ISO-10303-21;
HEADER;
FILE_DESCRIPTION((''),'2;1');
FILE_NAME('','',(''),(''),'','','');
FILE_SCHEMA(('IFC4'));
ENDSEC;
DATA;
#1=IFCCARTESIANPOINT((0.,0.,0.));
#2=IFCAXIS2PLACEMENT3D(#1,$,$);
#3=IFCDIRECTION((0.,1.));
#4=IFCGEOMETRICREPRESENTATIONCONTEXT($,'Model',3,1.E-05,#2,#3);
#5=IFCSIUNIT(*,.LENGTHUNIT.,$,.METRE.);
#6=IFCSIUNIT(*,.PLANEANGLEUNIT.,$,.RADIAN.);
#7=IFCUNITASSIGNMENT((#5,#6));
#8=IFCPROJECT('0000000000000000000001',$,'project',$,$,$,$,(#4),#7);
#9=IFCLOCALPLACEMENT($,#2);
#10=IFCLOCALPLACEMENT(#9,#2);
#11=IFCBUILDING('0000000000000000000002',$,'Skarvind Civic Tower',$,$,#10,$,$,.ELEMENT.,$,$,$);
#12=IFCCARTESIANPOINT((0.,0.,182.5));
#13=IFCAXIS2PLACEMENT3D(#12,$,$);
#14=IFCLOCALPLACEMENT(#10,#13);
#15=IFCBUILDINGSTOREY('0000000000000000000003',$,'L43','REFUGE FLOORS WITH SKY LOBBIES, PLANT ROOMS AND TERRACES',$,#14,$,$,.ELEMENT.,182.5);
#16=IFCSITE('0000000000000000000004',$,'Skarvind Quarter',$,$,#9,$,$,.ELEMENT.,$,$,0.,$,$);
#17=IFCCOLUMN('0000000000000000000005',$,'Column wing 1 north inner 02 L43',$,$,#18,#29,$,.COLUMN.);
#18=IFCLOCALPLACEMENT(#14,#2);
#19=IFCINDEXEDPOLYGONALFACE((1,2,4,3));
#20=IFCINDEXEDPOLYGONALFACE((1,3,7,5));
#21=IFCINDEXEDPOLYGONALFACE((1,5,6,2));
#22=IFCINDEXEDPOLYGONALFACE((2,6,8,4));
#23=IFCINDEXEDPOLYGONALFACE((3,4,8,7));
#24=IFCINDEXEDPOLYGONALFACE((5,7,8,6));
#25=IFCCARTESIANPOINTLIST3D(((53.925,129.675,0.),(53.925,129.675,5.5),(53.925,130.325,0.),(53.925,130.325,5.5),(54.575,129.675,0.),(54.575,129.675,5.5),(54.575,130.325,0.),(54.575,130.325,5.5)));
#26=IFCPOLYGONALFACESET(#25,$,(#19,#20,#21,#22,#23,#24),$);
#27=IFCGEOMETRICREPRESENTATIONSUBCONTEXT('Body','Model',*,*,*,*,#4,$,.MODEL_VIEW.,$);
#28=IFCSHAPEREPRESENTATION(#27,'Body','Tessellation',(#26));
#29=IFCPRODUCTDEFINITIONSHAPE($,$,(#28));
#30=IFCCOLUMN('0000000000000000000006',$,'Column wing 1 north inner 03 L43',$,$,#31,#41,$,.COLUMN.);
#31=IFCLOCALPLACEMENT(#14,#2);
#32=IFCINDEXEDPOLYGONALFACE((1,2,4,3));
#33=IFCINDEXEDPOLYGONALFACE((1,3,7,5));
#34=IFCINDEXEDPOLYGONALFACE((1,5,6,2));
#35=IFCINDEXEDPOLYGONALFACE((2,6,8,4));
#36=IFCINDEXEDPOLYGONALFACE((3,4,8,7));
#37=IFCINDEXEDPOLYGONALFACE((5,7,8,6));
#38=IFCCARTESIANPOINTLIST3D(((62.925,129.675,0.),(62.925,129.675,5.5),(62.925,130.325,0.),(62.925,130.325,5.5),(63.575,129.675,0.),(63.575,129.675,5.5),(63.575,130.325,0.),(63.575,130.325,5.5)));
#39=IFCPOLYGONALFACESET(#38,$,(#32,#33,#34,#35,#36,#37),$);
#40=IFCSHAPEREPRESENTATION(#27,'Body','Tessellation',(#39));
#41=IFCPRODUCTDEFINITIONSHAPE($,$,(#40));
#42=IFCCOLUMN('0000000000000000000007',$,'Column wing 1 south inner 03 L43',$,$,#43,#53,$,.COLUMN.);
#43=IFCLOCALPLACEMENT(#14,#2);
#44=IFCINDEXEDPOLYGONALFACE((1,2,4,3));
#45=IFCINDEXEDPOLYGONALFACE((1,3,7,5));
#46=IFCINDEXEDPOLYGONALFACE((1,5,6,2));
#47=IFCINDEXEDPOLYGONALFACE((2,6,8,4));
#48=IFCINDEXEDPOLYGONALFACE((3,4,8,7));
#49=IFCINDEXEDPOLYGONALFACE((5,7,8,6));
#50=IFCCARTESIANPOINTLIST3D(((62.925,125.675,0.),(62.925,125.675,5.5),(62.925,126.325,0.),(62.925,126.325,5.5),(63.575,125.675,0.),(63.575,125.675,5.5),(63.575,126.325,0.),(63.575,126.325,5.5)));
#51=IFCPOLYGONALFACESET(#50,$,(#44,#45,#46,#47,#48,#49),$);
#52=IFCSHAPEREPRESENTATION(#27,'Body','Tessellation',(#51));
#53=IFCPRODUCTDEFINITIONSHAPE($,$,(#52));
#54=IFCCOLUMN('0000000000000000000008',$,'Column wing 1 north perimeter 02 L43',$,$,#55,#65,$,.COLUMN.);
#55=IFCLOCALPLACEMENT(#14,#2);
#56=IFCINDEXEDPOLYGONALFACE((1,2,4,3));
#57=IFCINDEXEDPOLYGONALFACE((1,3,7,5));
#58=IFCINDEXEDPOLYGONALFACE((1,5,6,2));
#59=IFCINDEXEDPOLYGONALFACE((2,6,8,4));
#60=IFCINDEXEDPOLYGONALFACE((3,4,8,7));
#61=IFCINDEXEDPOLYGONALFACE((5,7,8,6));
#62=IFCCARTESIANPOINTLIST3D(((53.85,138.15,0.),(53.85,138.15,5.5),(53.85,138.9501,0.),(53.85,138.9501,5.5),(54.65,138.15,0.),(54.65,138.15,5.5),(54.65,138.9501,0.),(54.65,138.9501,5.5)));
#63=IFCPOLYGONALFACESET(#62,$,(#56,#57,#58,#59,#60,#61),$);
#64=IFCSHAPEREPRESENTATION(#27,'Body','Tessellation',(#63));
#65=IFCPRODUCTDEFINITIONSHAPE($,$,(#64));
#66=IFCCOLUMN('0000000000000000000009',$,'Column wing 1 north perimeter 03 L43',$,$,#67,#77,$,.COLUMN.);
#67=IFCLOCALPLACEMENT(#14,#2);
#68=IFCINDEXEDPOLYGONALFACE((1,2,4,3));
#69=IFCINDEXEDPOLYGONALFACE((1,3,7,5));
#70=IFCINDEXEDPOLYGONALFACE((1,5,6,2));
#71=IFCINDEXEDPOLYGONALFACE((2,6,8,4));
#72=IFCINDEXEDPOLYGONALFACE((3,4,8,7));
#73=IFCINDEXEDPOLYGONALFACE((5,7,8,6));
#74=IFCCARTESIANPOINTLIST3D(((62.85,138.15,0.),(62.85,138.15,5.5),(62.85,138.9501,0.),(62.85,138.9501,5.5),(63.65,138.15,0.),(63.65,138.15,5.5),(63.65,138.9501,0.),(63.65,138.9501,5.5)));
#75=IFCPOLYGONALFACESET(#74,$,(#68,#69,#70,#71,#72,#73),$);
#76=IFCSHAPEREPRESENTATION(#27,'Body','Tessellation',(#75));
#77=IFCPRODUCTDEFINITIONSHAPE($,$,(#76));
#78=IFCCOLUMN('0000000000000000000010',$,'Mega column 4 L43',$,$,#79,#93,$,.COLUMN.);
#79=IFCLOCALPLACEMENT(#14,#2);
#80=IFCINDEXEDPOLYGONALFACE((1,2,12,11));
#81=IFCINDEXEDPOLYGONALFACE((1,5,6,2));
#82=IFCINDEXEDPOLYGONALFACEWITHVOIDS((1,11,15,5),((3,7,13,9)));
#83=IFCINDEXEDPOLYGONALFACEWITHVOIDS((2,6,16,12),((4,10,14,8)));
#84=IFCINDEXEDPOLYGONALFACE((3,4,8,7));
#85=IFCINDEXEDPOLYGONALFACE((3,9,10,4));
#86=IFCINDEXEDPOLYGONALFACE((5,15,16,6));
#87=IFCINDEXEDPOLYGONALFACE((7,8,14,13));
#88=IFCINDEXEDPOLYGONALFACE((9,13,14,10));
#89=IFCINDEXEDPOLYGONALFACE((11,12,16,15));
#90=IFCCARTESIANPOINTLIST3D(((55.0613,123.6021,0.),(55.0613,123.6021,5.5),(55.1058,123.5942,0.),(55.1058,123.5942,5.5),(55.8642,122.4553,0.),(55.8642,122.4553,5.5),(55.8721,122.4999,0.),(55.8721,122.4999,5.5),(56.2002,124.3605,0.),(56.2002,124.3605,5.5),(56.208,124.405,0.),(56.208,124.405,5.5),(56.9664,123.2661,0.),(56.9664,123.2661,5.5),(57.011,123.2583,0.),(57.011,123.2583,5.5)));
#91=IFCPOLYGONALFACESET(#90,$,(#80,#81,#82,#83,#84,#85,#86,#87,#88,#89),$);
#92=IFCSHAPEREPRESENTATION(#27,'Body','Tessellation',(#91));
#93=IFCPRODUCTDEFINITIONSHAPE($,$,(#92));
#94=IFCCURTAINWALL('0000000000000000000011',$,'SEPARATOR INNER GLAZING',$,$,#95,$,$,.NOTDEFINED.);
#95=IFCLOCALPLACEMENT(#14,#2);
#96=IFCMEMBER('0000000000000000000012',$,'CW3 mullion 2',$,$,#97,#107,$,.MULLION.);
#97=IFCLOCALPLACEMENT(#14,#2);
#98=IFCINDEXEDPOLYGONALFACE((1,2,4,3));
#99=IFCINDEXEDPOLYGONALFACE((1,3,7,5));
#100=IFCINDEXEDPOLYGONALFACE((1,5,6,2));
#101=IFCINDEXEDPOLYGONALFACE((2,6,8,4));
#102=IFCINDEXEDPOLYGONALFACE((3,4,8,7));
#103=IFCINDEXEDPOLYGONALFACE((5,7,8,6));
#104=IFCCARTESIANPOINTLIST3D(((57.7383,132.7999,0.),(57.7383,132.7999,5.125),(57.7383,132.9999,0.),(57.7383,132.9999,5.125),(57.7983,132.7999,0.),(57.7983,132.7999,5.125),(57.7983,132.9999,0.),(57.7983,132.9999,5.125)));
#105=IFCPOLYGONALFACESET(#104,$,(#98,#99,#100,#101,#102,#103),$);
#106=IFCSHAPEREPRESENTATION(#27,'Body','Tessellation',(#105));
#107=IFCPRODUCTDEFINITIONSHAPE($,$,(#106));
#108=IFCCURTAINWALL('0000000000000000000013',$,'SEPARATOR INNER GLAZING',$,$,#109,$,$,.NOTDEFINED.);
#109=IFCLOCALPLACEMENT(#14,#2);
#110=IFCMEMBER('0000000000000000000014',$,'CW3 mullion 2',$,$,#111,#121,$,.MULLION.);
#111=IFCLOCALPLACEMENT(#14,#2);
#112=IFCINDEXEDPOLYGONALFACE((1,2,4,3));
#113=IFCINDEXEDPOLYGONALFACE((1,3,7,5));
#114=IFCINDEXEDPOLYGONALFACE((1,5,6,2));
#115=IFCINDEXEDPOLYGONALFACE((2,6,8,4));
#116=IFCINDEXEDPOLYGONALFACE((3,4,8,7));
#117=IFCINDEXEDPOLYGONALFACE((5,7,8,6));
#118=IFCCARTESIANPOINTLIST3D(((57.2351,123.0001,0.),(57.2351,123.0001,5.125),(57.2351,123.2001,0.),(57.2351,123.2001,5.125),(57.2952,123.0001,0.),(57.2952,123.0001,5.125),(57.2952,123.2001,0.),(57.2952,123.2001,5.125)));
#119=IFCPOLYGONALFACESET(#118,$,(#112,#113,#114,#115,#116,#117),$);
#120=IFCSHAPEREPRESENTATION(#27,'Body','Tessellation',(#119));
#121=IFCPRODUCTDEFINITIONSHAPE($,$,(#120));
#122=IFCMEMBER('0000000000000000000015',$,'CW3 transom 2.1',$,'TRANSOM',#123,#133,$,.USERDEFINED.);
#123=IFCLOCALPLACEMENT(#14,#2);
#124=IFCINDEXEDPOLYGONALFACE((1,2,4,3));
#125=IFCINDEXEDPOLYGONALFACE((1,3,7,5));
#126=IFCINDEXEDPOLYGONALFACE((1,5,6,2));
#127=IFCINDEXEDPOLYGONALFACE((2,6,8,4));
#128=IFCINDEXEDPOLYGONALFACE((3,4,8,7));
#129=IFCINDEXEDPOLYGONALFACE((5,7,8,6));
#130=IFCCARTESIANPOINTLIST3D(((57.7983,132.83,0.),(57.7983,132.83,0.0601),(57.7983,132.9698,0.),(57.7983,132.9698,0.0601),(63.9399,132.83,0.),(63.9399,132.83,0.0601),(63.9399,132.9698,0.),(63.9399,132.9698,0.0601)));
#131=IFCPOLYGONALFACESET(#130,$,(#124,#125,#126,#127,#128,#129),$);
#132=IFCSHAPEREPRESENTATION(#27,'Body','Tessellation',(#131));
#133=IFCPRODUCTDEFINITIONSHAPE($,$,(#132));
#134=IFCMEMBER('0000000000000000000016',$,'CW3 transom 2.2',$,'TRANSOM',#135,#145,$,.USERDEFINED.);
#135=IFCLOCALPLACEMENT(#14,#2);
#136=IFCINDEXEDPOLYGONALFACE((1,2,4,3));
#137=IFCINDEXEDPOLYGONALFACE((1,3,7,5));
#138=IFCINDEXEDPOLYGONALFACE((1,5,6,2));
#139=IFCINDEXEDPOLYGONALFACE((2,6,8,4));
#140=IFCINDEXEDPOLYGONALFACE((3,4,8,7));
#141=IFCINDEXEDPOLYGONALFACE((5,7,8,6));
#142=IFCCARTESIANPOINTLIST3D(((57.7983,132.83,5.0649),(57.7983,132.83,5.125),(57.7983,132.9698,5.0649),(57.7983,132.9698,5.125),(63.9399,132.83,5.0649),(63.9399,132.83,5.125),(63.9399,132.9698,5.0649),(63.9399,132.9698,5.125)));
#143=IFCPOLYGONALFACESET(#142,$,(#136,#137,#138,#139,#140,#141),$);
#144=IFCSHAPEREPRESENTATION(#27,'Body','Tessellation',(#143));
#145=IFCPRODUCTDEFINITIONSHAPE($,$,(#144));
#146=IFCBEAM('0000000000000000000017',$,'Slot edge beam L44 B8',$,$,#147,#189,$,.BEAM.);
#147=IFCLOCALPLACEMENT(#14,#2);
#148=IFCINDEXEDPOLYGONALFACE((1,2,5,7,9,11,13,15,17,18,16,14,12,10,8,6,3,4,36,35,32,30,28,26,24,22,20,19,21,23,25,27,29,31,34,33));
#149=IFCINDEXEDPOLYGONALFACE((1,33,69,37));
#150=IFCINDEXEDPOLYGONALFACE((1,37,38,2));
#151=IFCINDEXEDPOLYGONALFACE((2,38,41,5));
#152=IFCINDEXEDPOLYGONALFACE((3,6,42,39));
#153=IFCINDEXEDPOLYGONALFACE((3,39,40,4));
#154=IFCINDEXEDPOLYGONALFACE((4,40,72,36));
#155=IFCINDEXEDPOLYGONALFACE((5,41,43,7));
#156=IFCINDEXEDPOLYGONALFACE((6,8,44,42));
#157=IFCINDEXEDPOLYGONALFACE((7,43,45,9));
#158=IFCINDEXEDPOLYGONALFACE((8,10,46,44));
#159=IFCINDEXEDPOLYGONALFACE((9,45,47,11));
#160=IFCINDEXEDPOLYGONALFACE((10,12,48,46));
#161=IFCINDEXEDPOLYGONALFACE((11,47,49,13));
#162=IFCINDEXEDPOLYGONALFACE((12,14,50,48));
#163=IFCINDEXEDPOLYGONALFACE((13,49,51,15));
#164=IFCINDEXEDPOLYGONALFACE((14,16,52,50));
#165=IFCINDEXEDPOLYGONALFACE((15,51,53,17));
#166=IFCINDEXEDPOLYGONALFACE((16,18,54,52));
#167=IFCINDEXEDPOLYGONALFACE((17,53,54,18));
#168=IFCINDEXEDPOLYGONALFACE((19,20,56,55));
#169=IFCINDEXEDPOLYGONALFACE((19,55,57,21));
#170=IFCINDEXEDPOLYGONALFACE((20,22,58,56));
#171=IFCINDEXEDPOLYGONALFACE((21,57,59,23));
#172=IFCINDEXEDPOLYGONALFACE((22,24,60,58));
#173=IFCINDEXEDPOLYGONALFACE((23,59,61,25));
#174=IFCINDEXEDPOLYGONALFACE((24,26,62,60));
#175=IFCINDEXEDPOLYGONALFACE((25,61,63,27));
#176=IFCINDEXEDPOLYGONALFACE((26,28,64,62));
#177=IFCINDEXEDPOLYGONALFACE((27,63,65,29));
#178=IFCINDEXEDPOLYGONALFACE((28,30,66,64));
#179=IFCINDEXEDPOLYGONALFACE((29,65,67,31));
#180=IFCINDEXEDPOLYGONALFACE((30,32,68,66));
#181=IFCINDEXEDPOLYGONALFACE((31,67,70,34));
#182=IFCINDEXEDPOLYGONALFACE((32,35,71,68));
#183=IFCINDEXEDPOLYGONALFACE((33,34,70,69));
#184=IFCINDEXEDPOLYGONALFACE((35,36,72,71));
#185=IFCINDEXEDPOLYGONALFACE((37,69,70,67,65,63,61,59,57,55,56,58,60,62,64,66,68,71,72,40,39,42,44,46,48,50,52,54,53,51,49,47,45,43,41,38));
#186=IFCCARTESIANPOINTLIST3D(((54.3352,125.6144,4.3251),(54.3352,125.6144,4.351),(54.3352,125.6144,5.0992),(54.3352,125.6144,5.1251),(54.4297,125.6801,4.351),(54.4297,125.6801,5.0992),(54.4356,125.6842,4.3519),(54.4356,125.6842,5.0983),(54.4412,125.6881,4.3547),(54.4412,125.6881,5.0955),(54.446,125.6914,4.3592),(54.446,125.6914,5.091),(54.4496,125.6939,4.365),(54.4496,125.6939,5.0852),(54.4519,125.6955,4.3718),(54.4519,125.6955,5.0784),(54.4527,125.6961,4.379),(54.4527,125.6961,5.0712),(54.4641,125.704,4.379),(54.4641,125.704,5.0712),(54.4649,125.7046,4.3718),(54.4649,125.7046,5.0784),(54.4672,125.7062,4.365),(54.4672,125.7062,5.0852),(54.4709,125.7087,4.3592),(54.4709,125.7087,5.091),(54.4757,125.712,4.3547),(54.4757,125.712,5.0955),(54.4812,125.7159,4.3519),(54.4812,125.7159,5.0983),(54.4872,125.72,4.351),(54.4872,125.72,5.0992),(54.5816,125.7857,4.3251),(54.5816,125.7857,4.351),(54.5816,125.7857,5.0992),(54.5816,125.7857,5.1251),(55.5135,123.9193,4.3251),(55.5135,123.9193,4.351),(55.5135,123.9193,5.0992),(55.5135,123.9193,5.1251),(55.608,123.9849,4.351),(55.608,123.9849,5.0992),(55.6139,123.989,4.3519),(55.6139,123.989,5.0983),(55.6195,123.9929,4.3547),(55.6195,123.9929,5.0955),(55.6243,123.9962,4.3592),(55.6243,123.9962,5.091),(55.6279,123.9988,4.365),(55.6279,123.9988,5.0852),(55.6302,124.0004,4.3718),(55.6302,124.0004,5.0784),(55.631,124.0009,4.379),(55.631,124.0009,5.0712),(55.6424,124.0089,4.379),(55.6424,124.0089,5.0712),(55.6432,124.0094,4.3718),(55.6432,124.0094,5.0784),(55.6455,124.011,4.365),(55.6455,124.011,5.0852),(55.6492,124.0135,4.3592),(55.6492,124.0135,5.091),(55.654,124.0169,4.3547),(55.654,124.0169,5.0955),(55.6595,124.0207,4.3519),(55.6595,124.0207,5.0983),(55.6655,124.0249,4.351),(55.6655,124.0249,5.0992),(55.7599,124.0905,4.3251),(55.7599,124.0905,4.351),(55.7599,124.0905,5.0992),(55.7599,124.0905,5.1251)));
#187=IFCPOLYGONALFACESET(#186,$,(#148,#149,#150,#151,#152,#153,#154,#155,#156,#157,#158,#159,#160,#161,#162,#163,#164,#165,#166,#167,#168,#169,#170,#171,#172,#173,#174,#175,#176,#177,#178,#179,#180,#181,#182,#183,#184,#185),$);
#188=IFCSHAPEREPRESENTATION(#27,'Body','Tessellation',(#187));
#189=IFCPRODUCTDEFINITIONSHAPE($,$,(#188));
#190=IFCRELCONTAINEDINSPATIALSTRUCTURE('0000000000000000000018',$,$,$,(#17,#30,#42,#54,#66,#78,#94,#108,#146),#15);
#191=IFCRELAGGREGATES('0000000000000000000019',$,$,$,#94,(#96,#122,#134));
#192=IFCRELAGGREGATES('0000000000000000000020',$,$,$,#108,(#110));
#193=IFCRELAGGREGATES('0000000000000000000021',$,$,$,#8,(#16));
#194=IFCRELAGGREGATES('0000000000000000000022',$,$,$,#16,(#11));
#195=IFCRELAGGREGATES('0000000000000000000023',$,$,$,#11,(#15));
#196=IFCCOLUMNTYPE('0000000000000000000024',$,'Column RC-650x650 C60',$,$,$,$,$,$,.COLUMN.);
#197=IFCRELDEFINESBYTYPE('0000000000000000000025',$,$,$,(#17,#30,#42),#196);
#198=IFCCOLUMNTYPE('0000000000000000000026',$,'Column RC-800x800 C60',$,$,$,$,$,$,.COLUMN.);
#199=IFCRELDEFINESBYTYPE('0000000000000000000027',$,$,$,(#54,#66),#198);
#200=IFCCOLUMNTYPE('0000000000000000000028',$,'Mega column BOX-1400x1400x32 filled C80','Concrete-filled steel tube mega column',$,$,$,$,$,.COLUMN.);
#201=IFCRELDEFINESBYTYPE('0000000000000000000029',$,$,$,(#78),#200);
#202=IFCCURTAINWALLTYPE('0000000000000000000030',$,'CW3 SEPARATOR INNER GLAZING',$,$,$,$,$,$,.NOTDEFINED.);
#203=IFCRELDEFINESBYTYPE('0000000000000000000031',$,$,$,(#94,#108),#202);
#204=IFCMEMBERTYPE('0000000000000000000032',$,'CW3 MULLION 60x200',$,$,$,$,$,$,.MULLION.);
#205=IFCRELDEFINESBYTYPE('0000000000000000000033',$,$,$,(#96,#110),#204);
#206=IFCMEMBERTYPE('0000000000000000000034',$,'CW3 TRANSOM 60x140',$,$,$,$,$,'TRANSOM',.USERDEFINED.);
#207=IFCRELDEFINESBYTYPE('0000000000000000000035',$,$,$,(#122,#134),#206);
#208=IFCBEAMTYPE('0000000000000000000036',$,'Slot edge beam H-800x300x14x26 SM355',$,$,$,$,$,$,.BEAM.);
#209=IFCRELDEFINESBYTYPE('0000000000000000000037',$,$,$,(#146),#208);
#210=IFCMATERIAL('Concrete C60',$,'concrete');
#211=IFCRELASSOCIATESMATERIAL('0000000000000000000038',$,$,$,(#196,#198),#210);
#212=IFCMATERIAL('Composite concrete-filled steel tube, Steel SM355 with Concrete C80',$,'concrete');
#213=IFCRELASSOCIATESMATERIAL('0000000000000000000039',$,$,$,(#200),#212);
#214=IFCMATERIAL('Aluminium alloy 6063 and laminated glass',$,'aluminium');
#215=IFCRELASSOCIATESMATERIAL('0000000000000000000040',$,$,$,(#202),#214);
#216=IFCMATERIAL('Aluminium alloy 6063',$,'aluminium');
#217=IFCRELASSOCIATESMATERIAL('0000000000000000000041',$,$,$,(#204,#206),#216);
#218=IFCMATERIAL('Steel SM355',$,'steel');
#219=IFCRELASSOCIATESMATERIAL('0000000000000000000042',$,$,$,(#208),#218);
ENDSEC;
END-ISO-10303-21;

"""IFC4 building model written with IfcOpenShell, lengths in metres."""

from ifc_helpers import new_model, si_unit, direction, frame, origin, origin_2d, place, context, subcontext, project, spatial, rectangle, hollow_rectangle, i_section, extrude, material, material_profile, profile_set, type_object, element, aggregate, save


model = new_model("IFC4")

# Units and contexts
model_context = context("Model", 3, precision=1e-05, world=origin(), true_north=direction((0.0, 1.0)))
body_context = subcontext(model_context, "Body", "Model", "MODEL_VIEW")
ifc_project = project(units=[si_unit("LENGTHUNIT", "METRE"), si_unit("PLANEANGLEUNIT", "RADIAN")], contexts=[model_context])

# Site, building, storey
site_placement = place(None, origin())
site = spatial("IfcSite", under=ifc_project, at=site_placement, Name="Skarvind Quarter", CompositionType="ELEMENT", RefElevation=0.0)
building_placement = place(site_placement, origin())
building = spatial("IfcBuilding", under=site, at=building_placement, Name="Skarvind Civic Tower", CompositionType="ELEMENT")
storey_placement = place(building_placement, frame((0.0, 0.0, 182.5)))
storey = spatial("IfcBuildingStorey", under=building, at=storey_placement, Name="L43", Description="REFUGE FLOORS WITH SKY LOBBIES, PLANT ROOMS AND TERRACES", CompositionType="ELEMENT", Elevation=182.5)

# Columns
ifc_material_1 = material(Name="Concrete C60", Category="concrete")
ifc_material_profile_1 = material_profile(ifc_material_1, rectangle(XDim=0.6499, YDim=0.6499, at=origin_2d()), Name="RC-650x650")
ifc_profile_set_1 = profile_set([ifc_material_profile_1], Name="Concrete C60")
column_type_1 = type_object("IfcColumnType", Name="Column RC-650x650 C60", PredefinedType="COLUMN", material=ifc_profile_set_1)
for number, where, z_axis, x_axis, name in (
    (1, (54.25, 130.0, 0.0), (0.0, 0.0, 1.0), (1.0, 0.0, 0.0), "Column wing 1 north inner 02 L43"),
    (2, (63.25, 130.0, 0.0), (0.0, 0.0, 1.0), (1.0, 0.0, 0.0), "Column wing 1 north inner 03 L43"),
    (3, (63.25, 126.0, 0.0), (0.0, 0.0, 1.0), (1.0, 0.0, 0.0), "Column wing 1 south inner 03 L43"),
):
    element("IfcColumn", number, at=place(storey_placement, frame(where, z_axis=z_axis, x_axis=x_axis)), inside=storey, type_object=column_type_1, Name=name, PredefinedType="COLUMN", context=body_context, shape_type="SweptSolid", body=[
        extrude(rectangle(XDim=0.6499, YDim=0.6499, at=origin_2d()), origin(), (0.0, 0.0, 1.0), 5.5),
    ])
ifc_material_profile_2 = material_profile(ifc_material_1, rectangle(XDim=0.8, YDim=0.8, at=origin_2d()), Name="RC-800x800")
ifc_profile_set_2 = profile_set([ifc_material_profile_2], Name="Concrete C60")
column_type_2 = type_object("IfcColumnType", Name="Column RC-800x800 C60", PredefinedType="COLUMN", material=ifc_profile_set_2)
for number, where, z_axis, x_axis, name in (
    (4, (54.25, 138.55, 0.0), (0.0, 0.0, 1.0), (1.0, 0.0, 0.0), "Column wing 1 north perimeter 02 L43"),
    (5, (63.25, 138.55, 0.0), (0.0, 0.0, 1.0), (1.0, 0.0, 0.0), "Column wing 1 north perimeter 03 L43"),
):
    element("IfcColumn", number, at=place(storey_placement, frame(where, z_axis=z_axis, x_axis=x_axis)), inside=storey, type_object=column_type_2, Name=name, PredefinedType="COLUMN", context=body_context, shape_type="SweptSolid", body=[
        extrude(rectangle(XDim=0.8, YDim=0.8, at=origin_2d()), origin(), (0.0, 0.0, 1.0), 5.5),
    ])
ifc_material_2 = material(Name="Composite concrete-filled steel tube, Steel SM355 with Concrete C80", Category="concrete")
ifc_material_profile_3 = material_profile(ifc_material_2, hollow_rectangle(XDim=1.3999, YDim=1.3999, WallThickness=0.032, at=origin_2d()), Name="BOX-1400x1400x32")
ifc_profile_set_3 = profile_set([ifc_material_profile_3], Name="Composite concrete-filled steel tube, Steel SM355 with Concrete C80")
column_type_3 = type_object("IfcColumnType", Name="Mega column BOX-1400x1400x32 filled C80", Description="Concrete-filled steel tube mega column", PredefinedType="COLUMN", material=ifc_profile_set_3)
column_placement = place(storey_placement, frame((56.0361, 123.4302, 0.0), z_axis=(0.0, 0.0, 1.0), x_axis=(0.573576, -0.819152, 0.0)))
element("IfcColumn", 6, at=column_placement, inside=storey, type_object=column_type_3, Name="Mega column 4 L43", PredefinedType="COLUMN", context=body_context, shape_type="SweptSolid", body=[
    extrude(hollow_rectangle(XDim=1.3999, YDim=1.3999, WallThickness=0.032, at=origin_2d()), origin(), (0.0, 0.0, 1.0), 5.5),
])

# Curtain walls, members
ifc_material_3 = material(Name="Aluminium alloy 6063 and laminated glass", Category="aluminium")
curtain_wall_type = type_object("IfcCurtainWallType", Name="CW3 SEPARATOR INNER GLAZING", PredefinedType="NOTDEFINED", material=ifc_material_3)
curtain_wall_1_placement = place(storey_placement, origin())
curtain_wall_1 = element("IfcCurtainWall", 7, at=curtain_wall_1_placement, inside=storey, type_object=curtain_wall_type, Name="SEPARATOR INNER GLAZING", PredefinedType="NOTDEFINED")
ifc_material_4 = material(Name="Aluminium alloy 6063", Category="aluminium")
ifc_material_profile_4 = material_profile(ifc_material_4, rectangle(XDim=0.2, YDim=0.0601, at=origin_2d()), Name="AL 60x200")
ifc_profile_set_4 = profile_set([ifc_material_profile_4], Name="Aluminium alloy 6063")
member_type_1 = type_object("IfcMemberType", Name="CW3 MULLION 60x200", PredefinedType="MULLION", material=ifc_profile_set_4)
member_1_placement = place(storey_placement, frame((57.7683, 132.8999, 0.0), z_axis=(0.0, 0.0, 1.0), x_axis=(0.0, 1.0, 0.0)))
member_1 = element("IfcMember", 8, at=member_1_placement, type_object=member_type_1, Name="CW3 mullion 2", PredefinedType="MULLION", context=body_context, shape_type="SweptSolid", body=[
    extrude(rectangle(XDim=0.2, YDim=0.0601, at=origin_2d()), origin(), (0.0, 0.0, 1.0), 5.125),
])
curtain_wall_2_placement = place(storey_placement, origin())
curtain_wall_2 = element("IfcCurtainWall", 9, at=curtain_wall_2_placement, inside=storey, type_object=curtain_wall_type, Name="SEPARATOR INNER GLAZING", PredefinedType="NOTDEFINED")
member_2_placement = place(storey_placement, frame((57.2651, 123.1001, 0.0), z_axis=(0.0, 0.0, 1.0), x_axis=(0.0, -1.0, 0.0)))
member_2 = element("IfcMember", 10, at=member_2_placement, type_object=member_type_1, Name="CW3 mullion 2", PredefinedType="MULLION", context=body_context, shape_type="SweptSolid", body=[
    extrude(rectangle(XDim=0.2, YDim=0.0601, at=origin_2d()), origin(), (0.0, 0.0, 1.0), 5.125),
])

# Members
ifc_material_profile_5 = material_profile(ifc_material_4, rectangle(XDim=0.1399, YDim=0.0601, at=origin_2d()), Name="AL 60x140")
ifc_profile_set_5 = profile_set([ifc_material_profile_5], Name="Aluminium alloy 6063")
member_type_2 = type_object("IfcMemberType", Name="CW3 TRANSOM 60x140", ElementType="TRANSOM", PredefinedType="USERDEFINED", material=ifc_profile_set_5)
member_3_placement = place(storey_placement, frame((57.7983, 132.8999, 0.03), z_axis=(1.0, 0.0, 0.0), x_axis=(0.0, 1.0, 0.0)))
member_3 = element("IfcMember", 11, at=member_3_placement, type_object=member_type_2, Name="CW3 transom 2.1", ObjectType="TRANSOM", PredefinedType="USERDEFINED", context=body_context, shape_type="SweptSolid", body=[
    extrude(rectangle(XDim=0.1399, YDim=0.0601, at=origin_2d()), origin(), (0.0, 0.0, 1.0), 6.1416),
])
member_4_placement = place(storey_placement, frame((57.7983, 132.8999, 5.095), z_axis=(1.0, 0.0, 0.0), x_axis=(0.0, 1.0, 0.0)))
member_4 = element("IfcMember", 12, at=member_4_placement, type_object=member_type_2, Name="CW3 transom 2.2", ObjectType="TRANSOM", PredefinedType="USERDEFINED", context=body_context, shape_type="SweptSolid", body=[
    extrude(rectangle(XDim=0.1399, YDim=0.0601, at=origin_2d()), origin(), (0.0, 0.0, 1.0), 6.1416),
])

# Beam
ifc_material_5 = material(Name="Steel SM355", Category="steel")
ifc_material_profile_6 = material_profile(ifc_material_5, i_section(OverallWidth=0.3, OverallDepth=0.8, WebThickness=0.0139, FlangeThickness=0.0259, FilletRadius=0.0281, at=origin_2d()), Name="H-800x300x14x26")
ifc_profile_set_6 = profile_set([ifc_material_profile_6], Name="Steel SM355")
beam_type = type_object("IfcBeamType", Name="Slot edge beam H-800x300x14x26 SM355", PredefinedType="BEAM", material=ifc_profile_set_6)
beam_placement = place(storey_placement, frame((55.6367, 124.0049, 4.7251), z_axis=(-0.570753, 0.821122, 0.0), x_axis=(-0.821122, -0.570753, 0.0)))
element("IfcBeam", 13, at=beam_placement, inside=storey, type_object=beam_type, Name="Slot edge beam L44 B8", PredefinedType="BEAM", context=body_context, shape_type="SweptSolid", body=[
    extrude(i_section(OverallWidth=0.3, OverallDepth=0.8, WebThickness=0.0139, FlangeThickness=0.0259, FilletRadius=0.0281, at=origin_2d()), origin(), (0.0, 0.0, 1.0), 2.0645),
])

aggregate(curtain_wall_1, [member_1, member_3, member_4])
aggregate(curtain_wall_2, [member_2])

save(model, "model.ifc")
